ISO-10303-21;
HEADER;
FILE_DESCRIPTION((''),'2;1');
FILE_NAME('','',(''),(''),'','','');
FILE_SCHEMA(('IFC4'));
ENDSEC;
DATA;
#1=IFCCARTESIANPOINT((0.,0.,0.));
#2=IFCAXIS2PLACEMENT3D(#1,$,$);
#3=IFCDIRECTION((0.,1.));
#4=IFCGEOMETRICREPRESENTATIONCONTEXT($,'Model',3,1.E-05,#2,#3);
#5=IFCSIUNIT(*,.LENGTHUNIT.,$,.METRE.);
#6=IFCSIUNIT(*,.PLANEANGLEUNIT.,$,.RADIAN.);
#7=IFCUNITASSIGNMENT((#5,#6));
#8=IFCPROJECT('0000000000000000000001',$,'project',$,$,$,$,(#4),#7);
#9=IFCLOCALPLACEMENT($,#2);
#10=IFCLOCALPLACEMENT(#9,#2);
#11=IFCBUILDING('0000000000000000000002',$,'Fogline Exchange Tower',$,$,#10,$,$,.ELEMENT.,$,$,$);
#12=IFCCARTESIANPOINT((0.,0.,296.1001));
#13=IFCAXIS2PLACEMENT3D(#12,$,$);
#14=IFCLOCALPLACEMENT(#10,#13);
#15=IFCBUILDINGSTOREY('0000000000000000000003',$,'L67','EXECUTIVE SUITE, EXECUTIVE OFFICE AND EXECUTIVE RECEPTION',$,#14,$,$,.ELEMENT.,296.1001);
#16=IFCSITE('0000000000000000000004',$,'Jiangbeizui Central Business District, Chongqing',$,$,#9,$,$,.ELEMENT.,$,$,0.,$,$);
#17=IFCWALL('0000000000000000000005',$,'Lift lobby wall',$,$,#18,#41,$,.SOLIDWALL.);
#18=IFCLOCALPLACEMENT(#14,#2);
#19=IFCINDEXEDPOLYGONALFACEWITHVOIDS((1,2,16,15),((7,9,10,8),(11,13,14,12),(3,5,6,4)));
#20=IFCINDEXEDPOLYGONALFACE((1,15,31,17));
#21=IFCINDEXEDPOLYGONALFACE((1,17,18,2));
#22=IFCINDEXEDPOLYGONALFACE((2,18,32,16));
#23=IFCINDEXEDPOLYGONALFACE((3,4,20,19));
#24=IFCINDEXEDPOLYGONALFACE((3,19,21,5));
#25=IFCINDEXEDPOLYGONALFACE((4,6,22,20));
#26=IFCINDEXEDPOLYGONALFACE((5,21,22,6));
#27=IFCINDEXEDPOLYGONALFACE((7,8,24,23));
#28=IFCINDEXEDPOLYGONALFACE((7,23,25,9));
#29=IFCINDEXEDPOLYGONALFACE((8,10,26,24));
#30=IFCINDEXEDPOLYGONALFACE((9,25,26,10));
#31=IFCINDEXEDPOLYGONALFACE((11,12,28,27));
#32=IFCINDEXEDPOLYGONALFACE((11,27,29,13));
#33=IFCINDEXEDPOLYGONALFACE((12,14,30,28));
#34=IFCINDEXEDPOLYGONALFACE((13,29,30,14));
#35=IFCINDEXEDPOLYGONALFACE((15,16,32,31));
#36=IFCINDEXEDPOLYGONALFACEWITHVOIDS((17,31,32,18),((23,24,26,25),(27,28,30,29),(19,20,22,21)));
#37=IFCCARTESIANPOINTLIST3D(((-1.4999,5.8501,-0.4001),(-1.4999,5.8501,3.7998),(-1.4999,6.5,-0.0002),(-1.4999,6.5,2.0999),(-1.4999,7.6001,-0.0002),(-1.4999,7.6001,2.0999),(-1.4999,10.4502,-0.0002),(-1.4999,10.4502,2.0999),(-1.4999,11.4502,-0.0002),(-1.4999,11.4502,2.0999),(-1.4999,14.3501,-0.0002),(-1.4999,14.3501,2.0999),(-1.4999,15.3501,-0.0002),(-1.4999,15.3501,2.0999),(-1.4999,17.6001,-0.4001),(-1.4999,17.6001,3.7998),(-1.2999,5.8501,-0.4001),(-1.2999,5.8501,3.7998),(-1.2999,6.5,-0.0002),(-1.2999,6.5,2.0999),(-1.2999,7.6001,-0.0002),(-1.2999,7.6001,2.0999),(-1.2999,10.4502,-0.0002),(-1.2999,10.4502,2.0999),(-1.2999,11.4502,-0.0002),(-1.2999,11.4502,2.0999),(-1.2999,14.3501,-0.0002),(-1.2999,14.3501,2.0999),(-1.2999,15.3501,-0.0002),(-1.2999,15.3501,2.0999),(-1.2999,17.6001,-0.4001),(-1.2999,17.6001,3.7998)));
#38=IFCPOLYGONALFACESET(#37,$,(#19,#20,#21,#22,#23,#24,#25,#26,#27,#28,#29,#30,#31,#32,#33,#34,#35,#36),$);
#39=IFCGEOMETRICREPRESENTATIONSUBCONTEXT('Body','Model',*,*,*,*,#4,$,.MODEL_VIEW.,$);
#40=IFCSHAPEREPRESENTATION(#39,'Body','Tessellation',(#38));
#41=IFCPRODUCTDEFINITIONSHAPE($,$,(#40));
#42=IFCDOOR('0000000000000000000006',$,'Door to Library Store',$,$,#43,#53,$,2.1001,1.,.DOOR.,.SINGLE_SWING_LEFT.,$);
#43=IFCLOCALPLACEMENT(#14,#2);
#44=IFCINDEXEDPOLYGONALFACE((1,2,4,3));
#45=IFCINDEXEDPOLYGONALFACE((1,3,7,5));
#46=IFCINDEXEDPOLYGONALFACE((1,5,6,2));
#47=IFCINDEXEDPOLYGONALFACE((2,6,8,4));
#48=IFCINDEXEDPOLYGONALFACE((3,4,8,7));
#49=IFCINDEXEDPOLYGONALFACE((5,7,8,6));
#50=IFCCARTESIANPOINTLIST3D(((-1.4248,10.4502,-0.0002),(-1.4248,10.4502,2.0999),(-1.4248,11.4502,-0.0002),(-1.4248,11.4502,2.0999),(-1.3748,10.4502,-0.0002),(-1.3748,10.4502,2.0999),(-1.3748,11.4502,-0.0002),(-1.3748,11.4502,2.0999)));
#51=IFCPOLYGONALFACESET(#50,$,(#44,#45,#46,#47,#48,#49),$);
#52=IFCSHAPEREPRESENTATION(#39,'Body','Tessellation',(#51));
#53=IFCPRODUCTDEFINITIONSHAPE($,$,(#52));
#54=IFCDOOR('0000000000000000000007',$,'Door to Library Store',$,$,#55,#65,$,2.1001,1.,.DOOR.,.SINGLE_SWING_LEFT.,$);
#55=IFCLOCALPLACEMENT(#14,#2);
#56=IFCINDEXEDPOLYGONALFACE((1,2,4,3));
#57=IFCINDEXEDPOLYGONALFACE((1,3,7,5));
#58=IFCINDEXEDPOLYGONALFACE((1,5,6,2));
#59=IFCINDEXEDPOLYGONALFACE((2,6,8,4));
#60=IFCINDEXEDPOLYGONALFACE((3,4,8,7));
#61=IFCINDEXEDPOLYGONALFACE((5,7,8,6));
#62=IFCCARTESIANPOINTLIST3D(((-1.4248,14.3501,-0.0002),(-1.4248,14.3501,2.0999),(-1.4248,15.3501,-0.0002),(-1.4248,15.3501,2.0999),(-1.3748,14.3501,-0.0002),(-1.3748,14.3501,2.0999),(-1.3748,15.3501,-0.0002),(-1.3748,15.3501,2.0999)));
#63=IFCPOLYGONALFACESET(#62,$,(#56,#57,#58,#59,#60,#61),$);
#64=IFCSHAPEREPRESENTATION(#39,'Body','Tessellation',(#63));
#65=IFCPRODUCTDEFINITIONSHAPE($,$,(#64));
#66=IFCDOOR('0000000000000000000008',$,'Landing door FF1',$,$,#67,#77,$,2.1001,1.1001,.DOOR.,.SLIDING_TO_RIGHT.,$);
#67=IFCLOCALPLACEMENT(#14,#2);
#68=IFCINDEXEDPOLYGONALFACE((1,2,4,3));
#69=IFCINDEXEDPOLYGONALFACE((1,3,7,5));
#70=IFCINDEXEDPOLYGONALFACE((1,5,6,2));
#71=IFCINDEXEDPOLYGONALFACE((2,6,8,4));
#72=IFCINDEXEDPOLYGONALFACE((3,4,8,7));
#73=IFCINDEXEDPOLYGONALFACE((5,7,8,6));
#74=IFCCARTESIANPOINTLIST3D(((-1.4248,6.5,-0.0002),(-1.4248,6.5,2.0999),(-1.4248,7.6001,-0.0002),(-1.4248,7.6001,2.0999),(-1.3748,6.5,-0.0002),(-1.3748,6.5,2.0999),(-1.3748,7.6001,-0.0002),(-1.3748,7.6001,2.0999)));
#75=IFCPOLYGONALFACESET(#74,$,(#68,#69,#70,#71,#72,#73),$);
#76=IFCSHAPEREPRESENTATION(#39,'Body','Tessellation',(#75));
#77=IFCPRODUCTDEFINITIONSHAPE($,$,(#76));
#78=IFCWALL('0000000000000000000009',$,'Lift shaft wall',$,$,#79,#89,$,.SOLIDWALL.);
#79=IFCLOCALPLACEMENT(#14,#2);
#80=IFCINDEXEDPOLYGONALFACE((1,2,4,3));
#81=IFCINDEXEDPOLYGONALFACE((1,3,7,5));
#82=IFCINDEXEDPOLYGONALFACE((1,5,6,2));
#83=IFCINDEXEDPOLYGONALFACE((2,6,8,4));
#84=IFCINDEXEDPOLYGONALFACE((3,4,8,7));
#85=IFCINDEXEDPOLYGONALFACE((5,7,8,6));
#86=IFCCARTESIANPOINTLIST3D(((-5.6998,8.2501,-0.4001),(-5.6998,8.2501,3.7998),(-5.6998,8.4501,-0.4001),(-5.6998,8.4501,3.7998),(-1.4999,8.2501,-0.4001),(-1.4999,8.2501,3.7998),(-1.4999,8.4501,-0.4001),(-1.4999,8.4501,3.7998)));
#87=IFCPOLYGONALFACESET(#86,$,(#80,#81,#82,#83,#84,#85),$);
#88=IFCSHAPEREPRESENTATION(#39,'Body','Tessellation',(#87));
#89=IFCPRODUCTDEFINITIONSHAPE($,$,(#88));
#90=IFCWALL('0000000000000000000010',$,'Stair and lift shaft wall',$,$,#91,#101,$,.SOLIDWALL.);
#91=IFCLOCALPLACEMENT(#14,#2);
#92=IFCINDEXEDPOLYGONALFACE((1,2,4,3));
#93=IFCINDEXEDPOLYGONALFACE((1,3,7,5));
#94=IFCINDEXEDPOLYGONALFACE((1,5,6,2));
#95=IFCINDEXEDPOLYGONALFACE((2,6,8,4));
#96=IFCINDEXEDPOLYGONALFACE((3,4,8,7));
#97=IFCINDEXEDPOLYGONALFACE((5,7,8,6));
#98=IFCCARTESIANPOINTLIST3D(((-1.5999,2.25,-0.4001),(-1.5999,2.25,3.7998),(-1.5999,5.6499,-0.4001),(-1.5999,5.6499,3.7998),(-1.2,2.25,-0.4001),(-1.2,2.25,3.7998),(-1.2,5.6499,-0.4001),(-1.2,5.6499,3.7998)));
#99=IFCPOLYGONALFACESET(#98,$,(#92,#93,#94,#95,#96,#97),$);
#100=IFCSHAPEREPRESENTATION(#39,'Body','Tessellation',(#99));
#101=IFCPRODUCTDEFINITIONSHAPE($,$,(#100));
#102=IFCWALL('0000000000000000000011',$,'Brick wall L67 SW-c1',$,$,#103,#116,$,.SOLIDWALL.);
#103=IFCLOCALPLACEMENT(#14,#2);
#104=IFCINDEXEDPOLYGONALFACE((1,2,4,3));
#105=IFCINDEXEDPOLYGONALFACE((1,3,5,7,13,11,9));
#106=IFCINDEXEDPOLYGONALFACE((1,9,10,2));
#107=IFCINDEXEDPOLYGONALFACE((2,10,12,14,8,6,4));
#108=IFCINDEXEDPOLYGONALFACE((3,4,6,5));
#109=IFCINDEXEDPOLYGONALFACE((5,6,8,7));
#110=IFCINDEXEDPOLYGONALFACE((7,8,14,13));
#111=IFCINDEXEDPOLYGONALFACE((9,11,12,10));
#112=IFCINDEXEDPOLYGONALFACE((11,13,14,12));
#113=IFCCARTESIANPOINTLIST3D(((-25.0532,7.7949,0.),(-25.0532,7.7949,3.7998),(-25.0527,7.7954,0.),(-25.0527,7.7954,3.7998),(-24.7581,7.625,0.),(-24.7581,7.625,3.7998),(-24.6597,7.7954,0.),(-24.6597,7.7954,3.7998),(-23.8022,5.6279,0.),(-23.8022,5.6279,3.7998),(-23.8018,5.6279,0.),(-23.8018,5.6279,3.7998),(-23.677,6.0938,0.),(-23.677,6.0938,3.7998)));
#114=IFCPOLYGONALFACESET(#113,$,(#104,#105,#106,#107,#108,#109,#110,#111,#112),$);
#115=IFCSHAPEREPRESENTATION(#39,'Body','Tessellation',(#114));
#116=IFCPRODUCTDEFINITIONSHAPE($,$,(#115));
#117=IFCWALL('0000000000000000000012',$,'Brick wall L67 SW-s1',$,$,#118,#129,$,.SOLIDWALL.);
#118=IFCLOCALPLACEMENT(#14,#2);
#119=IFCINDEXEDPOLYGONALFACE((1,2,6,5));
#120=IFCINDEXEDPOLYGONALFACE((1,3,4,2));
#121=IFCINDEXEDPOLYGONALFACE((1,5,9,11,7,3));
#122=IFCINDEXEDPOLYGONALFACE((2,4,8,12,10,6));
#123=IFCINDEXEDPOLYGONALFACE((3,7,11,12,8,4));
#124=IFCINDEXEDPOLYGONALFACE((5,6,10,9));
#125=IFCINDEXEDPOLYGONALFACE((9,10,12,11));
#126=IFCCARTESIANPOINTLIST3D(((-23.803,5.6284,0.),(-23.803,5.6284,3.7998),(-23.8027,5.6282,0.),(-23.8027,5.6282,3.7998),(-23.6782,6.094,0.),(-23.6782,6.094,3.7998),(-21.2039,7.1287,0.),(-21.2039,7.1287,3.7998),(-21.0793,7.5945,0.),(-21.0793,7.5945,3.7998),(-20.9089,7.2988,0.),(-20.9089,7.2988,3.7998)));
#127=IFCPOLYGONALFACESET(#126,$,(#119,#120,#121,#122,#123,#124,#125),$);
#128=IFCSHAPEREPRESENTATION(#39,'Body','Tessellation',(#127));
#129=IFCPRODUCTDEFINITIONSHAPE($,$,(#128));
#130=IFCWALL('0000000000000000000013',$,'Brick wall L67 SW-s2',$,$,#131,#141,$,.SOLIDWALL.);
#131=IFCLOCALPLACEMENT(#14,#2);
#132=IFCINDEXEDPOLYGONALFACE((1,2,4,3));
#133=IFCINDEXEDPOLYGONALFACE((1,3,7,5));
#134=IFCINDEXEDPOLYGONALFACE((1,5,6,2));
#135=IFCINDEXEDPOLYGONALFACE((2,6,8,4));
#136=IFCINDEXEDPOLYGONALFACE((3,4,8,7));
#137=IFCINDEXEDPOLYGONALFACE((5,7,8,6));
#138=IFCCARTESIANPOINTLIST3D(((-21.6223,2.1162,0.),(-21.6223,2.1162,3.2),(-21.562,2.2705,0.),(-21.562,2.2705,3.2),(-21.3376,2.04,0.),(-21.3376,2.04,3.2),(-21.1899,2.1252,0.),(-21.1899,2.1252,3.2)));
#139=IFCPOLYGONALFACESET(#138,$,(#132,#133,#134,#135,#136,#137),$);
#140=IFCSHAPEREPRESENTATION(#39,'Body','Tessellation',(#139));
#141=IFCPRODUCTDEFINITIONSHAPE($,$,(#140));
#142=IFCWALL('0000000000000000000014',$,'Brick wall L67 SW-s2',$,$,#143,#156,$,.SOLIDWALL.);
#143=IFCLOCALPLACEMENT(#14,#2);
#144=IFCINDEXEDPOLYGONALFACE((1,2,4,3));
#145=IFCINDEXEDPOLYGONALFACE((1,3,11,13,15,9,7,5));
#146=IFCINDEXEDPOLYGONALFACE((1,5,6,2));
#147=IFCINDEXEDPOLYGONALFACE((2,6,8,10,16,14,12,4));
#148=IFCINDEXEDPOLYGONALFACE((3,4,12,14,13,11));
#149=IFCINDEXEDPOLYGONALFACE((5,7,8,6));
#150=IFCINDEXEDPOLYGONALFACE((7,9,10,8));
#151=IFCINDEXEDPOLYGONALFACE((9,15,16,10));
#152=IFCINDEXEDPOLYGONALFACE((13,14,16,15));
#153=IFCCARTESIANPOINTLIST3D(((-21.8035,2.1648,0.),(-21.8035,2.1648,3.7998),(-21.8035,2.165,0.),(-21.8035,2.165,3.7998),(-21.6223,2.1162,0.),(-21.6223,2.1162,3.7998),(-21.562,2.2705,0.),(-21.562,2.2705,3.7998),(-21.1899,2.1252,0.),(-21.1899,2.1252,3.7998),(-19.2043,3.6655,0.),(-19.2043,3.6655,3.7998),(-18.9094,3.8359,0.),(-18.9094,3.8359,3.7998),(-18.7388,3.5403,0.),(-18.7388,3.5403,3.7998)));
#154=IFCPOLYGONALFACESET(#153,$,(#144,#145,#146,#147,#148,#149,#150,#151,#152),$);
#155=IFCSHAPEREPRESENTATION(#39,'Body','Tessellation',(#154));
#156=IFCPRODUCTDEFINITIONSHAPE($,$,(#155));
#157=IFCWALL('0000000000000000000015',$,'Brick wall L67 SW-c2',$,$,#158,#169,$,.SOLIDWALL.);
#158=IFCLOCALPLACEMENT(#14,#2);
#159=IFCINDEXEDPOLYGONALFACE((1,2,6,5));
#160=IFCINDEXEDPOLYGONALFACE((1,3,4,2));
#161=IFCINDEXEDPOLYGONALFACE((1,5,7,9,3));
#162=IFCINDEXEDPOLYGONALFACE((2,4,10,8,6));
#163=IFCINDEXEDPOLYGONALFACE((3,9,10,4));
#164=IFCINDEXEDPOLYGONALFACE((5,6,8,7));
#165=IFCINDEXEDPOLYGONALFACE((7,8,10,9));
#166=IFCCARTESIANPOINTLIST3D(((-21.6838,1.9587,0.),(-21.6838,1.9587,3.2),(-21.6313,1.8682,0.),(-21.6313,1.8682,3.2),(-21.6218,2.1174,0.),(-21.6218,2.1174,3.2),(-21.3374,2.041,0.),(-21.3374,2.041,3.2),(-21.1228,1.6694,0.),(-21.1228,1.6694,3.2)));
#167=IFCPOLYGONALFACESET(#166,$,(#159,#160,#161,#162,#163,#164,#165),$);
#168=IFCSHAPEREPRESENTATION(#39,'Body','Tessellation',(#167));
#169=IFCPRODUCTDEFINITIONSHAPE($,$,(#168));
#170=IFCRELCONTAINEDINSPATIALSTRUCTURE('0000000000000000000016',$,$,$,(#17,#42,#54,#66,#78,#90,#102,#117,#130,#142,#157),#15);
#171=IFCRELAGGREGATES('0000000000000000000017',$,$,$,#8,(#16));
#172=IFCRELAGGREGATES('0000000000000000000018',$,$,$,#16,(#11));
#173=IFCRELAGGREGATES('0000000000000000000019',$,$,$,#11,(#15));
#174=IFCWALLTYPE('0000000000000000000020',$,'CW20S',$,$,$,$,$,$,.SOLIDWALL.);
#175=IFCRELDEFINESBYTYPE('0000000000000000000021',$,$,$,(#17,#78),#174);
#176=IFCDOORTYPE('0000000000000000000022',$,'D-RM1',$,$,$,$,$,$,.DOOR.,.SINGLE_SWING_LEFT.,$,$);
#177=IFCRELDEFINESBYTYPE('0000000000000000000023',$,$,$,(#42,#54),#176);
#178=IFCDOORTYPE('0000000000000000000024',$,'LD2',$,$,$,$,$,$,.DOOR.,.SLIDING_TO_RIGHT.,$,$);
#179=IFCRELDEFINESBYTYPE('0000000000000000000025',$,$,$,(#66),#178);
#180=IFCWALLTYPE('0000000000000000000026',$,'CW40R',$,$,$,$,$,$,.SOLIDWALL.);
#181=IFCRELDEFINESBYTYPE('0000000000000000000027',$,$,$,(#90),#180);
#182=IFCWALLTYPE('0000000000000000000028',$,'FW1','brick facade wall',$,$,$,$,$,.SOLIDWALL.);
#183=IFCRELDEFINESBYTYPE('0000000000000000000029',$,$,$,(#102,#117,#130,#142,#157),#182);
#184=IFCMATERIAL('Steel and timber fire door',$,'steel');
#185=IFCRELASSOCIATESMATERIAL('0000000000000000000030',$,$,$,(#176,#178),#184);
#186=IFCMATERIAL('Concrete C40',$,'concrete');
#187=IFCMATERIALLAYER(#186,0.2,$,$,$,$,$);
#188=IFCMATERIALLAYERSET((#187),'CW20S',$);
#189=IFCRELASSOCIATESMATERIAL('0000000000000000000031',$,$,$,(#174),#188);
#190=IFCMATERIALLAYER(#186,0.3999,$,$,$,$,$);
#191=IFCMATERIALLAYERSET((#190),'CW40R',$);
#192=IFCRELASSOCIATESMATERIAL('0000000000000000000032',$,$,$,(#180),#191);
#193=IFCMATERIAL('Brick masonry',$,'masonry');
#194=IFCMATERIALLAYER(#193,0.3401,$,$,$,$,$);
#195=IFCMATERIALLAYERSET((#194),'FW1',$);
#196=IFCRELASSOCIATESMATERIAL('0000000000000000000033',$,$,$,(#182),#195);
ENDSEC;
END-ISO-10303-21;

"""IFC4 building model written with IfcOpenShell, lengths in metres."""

from ifc_helpers import new_model, si_unit, direction, frame, frame_2d, origin, place, context, subcontext, project, spatial, polyline, rectangle, outline, extrude, material, layer, layer_set, type_object, element, fill, save


model = new_model("IFC4")

# Units and contexts
model_context = context("Model", 3, precision=1e-05, world=origin(), true_north=direction((0.0, 1.0)))
body_context = subcontext(model_context, "Body", "Model", "MODEL_VIEW")
ifc_project = project(units=[si_unit("LENGTHUNIT", "METRE"), si_unit("PLANEANGLEUNIT", "RADIAN")], contexts=[model_context])

# Site, building, storey
site_placement = place(None, origin())
site = spatial("IfcSite", under=ifc_project, at=site_placement, Name="Jiangbeizui Central Business District, Chongqing", CompositionType="ELEMENT", RefElevation=0.0)
building_placement = place(site_placement, origin())
building = spatial("IfcBuilding", under=site, at=building_placement, Name="Fogline Exchange Tower", CompositionType="ELEMENT")
storey_placement = place(building_placement, frame((0.0, 0.0, 296.1001)))
storey = spatial("IfcBuildingStorey", under=building, at=storey_placement, Name="L67", Description="EXECUTIVE SUITE, EXECUTIVE OFFICE AND EXECUTIVE RECEPTION", CompositionType="ELEMENT", Elevation=296.1001)

# Shared definitions
ifc_material_1 = material(Name="Concrete C40", Category="concrete")

# Shared definitions
ifc_material_2 = material(Name="Steel and timber fire door", Category="steel")
door_type_1 = type_object("IfcDoorType", Name="D-RM1", OperationType="SINGLE_SWING_LEFT", PredefinedType="DOOR", material=ifc_material_2)

# Shared definitions
ifc_layer_1 = layer(ifc_material_1, 0.2)
ifc_layer_set_1 = layer_set([ifc_layer_1], Name="CW20S")
wall_type_1 = type_object("IfcWallType", Name="CW20S", PredefinedType="SOLIDWALL", material=ifc_layer_set_1)

# Wall, openings, doors
wall_1_placement = place(storey_placement, frame((-1.3999, 5.8501, -0.4001), z_axis=(0.0, 0.0, 1.0), x_axis=(0.0, 1.0, 0.0)))
wall_1 = element("IfcWall", 1, at=wall_1_placement, inside=storey, type_object=wall_type_1, Name="Lift lobby wall", PredefinedType="SOLIDWALL", context=body_context, shape_type="SweptSolid", body=[
    extrude(rectangle(XDim=11.75, YDim=0.2, at=frame_2d((5.875, 0.0))), origin(), (0.0, 0.0, 1.0), 4.2),
])
opening_1_placement = place(wall_1_placement, frame((0.6499, 0.0, 0.3999)))
opening_1 = element("IfcOpeningElement", 2, at=opening_1_placement, cuts=wall_1, PredefinedType="OPENING", context=body_context, shape_type="SweptSolid", body=[
    extrude(rectangle(XDim=1.1001, YDim=2.1001, at=frame_2d((0.55, 1.05))), frame((0.0, 0.1099, 0.0), z_axis=(0.0, -1.0, 0.0), x_axis=(1.0, 0.0, 0.0)), (0.0, 0.0, 1.0), 0.22),
])
opening_2_placement = place(wall_1_placement, frame((4.6001, 0.0, 0.3999)))
opening_2 = element("IfcOpeningElement", 3, at=opening_2_placement, cuts=wall_1, PredefinedType="OPENING", context=body_context, shape_type="SweptSolid", body=[
    extrude(rectangle(XDim=1.0, YDim=2.1001, at=frame_2d((0.5, 1.05))), frame((0.0, 0.1099, 0.0), z_axis=(0.0, -1.0, 0.0), x_axis=(1.0, 0.0, 0.0)), (0.0, 0.0, 1.0), 0.22),
])
opening_3_placement = place(wall_1_placement, frame((8.5, 0.0, 0.3999)))
opening_3 = element("IfcOpeningElement", 4, at=opening_3_placement, cuts=wall_1, PredefinedType="OPENING", context=body_context, shape_type="SweptSolid", body=[
    extrude(rectangle(XDim=1.0, YDim=2.1001, at=frame_2d((0.5, 1.05))), frame((0.0, 0.1099, 0.0), z_axis=(0.0, -1.0, 0.0), x_axis=(1.0, 0.0, 0.0)), (0.0, 0.0, 1.0), 0.22),
])
door_1_placement = place(opening_2_placement, origin())
door_1 = element("IfcDoor", 5, at=door_1_placement, inside=storey, type_object=door_type_1, Name="Door to Library Store", OperationType="SINGLE_SWING_LEFT", OverallHeight=2.1001, OverallWidth=1.0, PredefinedType="DOOR", context=body_context, shape_type="SweptSolid", body=[
    extrude(rectangle(XDim=1.0, YDim=2.1001, at=frame_2d((0.5, 1.05))), frame((0.0, 0.0249, 0.0), z_axis=(0.0, -1.0, 0.0), x_axis=(1.0, 0.0, 0.0)), (0.0, 0.0, 1.0), 0.05),
])
fill(opening_2, door_1)
door_2_placement = place(opening_3_placement, origin())
door_2 = element("IfcDoor", 6, at=door_2_placement, inside=storey, type_object=door_type_1, Name="Door to Library Store", OperationType="SINGLE_SWING_LEFT", OverallHeight=2.1001, OverallWidth=1.0, PredefinedType="DOOR", context=body_context, shape_type="SweptSolid", body=[
    extrude(rectangle(XDim=1.0, YDim=2.1001, at=frame_2d((0.5, 1.05))), frame((0.0, 0.0249, 0.0), z_axis=(0.0, -1.0, 0.0), x_axis=(1.0, 0.0, 0.0)), (0.0, 0.0, 1.0), 0.05),
])
fill(opening_3, door_2)
door_type_2 = type_object("IfcDoorType", Name="LD2", OperationType="SLIDING_TO_RIGHT", PredefinedType="DOOR", material=ifc_material_2)
door_3_placement = place(opening_1_placement, origin())
door_3 = element("IfcDoor", 7, at=door_3_placement, inside=storey, type_object=door_type_2, Name="Landing door FF1", OperationType="SLIDING_TO_RIGHT", OverallHeight=2.1001, OverallWidth=1.1001, PredefinedType="DOOR", context=body_context, shape_type="SweptSolid", body=[
    extrude(rectangle(XDim=1.1001, YDim=2.1001, at=frame_2d((0.55, 1.05))), frame((0.0, 0.0249, 0.0), z_axis=(0.0, -1.0, 0.0), x_axis=(1.0, 0.0, 0.0)), (0.0, 0.0, 1.0), 0.05),
])
fill(opening_1, door_3)

# Walls
wall_2_placement = place(storey_placement, frame((-5.7, 8.3501, -0.4001), z_axis=(0.0, 0.0, 1.0), x_axis=(1.0, 0.0, 0.0)))
element("IfcWall", 8, at=wall_2_placement, inside=storey, type_object=wall_type_1, Name="Lift shaft wall", PredefinedType="SOLIDWALL", context=body_context, shape_type="SweptSolid", body=[
    extrude(rectangle(XDim=4.2, YDim=0.2, at=frame_2d((2.1001, 0.0))), origin(), (0.0, 0.0, 1.0), 4.2),
])
ifc_layer_2 = layer(ifc_material_1, 0.3999)
ifc_layer_set_2 = layer_set([ifc_layer_2], Name="CW40R")
wall_type_2 = type_object("IfcWallType", Name="CW40R", PredefinedType="SOLIDWALL", material=ifc_layer_set_2)
wall_3_placement = place(storey_placement, frame((-1.3999, 2.25, -0.4001), z_axis=(0.0, 0.0, 1.0), x_axis=(0.0, 1.0, 0.0)))
element("IfcWall", 9, at=wall_3_placement, inside=storey, type_object=wall_type_2, Name="Stair and lift shaft wall", PredefinedType="SOLIDWALL", context=body_context, shape_type="SweptSolid", body=[
    extrude(rectangle(XDim=3.3999, YDim=0.3999, at=frame_2d((1.7, 0.0))), origin(), (0.0, 0.0, 1.0), 4.2),
])
ifc_material_3 = material(Name="Brick masonry", Category="masonry")
ifc_layer_3 = layer(ifc_material_3, 0.3401)
ifc_layer_set_3 = layer_set([ifc_layer_3], Name="FW1")
wall_type_3 = type_object("IfcWallType", Name="FW1", Description="brick facade wall", PredefinedType="SOLIDWALL", material=ifc_layer_set_3)
wall_4_placement = place(storey_placement, origin())
element("IfcWall", 10, at=wall_4_placement, inside=storey, type_object=wall_type_3, Name="Brick wall L67 SW-c1", PredefinedType="SOLIDWALL", context=body_context, shape_type="SweptSolid", body=[
    extrude(outline(polyline([(-23.8022, 5.6279), (-25.0532, 7.7949), (-25.0527, 7.7954), (-24.7581, 7.625), (-24.6597, 7.7954), (-23.677, 6.0938), (-23.8018, 5.6279), (-23.8022, 5.6279)])), origin(), (0.0, 0.0, 1.0), 3.7998),
])
wall_5_placement = place(storey_placement, origin())
element("IfcWall", 11, at=wall_5_placement, inside=storey, type_object=wall_type_3, Name="Brick wall L67 SW-s1", PredefinedType="SOLIDWALL", context=body_context, shape_type="SweptSolid", body=[
    extrude(outline(polyline([(-21.0793, 7.5945), (-20.9089, 7.2988), (-21.2039, 7.1287), (-23.8027, 5.6282), (-23.803, 5.6284), (-23.6782, 6.094), (-21.0793, 7.5945)])), origin(), (0.0, 0.0, 1.0), 3.7998),
])
wall_6_placement = place(storey_placement, origin())
element("IfcWall", 12, at=wall_6_placement, inside=storey, type_object=wall_type_3, Name="Brick wall L67 SW-s2", PredefinedType="SOLIDWALL", context=body_context, shape_type="SweptSolid", body=[
    extrude(outline(polyline([(-21.3376, 2.04), (-21.6223, 2.1162), (-21.562, 2.2705), (-21.1899, 2.1252), (-21.3376, 2.04)])), origin(), (0.0, 0.0, 1.0), 3.2),
])
wall_7_placement = place(storey_placement, origin())
element("IfcWall", 13, at=wall_7_placement, inside=storey, type_object=wall_type_3, Name="Brick wall L67 SW-s2", PredefinedType="SOLIDWALL", context=body_context, shape_type="SweptSolid", body=[
    extrude(outline(polyline([(-19.2043, 3.6655), (-18.9094, 3.8359), (-18.7388, 3.5403), (-21.1899, 2.1252), (-21.562, 2.2705), (-21.6223, 2.1162), (-21.8035, 2.1648), (-21.8035, 2.165), (-19.2043, 3.6655)])), origin(), (0.0, 0.0, 1.0), 3.7998),
])
wall_8_placement = place(storey_placement, origin())
element("IfcWall", 14, at=wall_8_placement, inside=storey, type_object=wall_type_3, Name="Brick wall L67 SW-c2", PredefinedType="SOLIDWALL", context=body_context, shape_type="SweptSolid", body=[
    extrude(outline(polyline([(-21.6838, 1.9587), (-21.6218, 2.1174), (-21.3374, 2.041), (-21.1228, 1.6694), (-21.6313, 1.8682), (-21.6838, 1.9587)])), origin(), (0.0, 0.0, 1.0), 3.2),
])

save(model, "model.ifc")
